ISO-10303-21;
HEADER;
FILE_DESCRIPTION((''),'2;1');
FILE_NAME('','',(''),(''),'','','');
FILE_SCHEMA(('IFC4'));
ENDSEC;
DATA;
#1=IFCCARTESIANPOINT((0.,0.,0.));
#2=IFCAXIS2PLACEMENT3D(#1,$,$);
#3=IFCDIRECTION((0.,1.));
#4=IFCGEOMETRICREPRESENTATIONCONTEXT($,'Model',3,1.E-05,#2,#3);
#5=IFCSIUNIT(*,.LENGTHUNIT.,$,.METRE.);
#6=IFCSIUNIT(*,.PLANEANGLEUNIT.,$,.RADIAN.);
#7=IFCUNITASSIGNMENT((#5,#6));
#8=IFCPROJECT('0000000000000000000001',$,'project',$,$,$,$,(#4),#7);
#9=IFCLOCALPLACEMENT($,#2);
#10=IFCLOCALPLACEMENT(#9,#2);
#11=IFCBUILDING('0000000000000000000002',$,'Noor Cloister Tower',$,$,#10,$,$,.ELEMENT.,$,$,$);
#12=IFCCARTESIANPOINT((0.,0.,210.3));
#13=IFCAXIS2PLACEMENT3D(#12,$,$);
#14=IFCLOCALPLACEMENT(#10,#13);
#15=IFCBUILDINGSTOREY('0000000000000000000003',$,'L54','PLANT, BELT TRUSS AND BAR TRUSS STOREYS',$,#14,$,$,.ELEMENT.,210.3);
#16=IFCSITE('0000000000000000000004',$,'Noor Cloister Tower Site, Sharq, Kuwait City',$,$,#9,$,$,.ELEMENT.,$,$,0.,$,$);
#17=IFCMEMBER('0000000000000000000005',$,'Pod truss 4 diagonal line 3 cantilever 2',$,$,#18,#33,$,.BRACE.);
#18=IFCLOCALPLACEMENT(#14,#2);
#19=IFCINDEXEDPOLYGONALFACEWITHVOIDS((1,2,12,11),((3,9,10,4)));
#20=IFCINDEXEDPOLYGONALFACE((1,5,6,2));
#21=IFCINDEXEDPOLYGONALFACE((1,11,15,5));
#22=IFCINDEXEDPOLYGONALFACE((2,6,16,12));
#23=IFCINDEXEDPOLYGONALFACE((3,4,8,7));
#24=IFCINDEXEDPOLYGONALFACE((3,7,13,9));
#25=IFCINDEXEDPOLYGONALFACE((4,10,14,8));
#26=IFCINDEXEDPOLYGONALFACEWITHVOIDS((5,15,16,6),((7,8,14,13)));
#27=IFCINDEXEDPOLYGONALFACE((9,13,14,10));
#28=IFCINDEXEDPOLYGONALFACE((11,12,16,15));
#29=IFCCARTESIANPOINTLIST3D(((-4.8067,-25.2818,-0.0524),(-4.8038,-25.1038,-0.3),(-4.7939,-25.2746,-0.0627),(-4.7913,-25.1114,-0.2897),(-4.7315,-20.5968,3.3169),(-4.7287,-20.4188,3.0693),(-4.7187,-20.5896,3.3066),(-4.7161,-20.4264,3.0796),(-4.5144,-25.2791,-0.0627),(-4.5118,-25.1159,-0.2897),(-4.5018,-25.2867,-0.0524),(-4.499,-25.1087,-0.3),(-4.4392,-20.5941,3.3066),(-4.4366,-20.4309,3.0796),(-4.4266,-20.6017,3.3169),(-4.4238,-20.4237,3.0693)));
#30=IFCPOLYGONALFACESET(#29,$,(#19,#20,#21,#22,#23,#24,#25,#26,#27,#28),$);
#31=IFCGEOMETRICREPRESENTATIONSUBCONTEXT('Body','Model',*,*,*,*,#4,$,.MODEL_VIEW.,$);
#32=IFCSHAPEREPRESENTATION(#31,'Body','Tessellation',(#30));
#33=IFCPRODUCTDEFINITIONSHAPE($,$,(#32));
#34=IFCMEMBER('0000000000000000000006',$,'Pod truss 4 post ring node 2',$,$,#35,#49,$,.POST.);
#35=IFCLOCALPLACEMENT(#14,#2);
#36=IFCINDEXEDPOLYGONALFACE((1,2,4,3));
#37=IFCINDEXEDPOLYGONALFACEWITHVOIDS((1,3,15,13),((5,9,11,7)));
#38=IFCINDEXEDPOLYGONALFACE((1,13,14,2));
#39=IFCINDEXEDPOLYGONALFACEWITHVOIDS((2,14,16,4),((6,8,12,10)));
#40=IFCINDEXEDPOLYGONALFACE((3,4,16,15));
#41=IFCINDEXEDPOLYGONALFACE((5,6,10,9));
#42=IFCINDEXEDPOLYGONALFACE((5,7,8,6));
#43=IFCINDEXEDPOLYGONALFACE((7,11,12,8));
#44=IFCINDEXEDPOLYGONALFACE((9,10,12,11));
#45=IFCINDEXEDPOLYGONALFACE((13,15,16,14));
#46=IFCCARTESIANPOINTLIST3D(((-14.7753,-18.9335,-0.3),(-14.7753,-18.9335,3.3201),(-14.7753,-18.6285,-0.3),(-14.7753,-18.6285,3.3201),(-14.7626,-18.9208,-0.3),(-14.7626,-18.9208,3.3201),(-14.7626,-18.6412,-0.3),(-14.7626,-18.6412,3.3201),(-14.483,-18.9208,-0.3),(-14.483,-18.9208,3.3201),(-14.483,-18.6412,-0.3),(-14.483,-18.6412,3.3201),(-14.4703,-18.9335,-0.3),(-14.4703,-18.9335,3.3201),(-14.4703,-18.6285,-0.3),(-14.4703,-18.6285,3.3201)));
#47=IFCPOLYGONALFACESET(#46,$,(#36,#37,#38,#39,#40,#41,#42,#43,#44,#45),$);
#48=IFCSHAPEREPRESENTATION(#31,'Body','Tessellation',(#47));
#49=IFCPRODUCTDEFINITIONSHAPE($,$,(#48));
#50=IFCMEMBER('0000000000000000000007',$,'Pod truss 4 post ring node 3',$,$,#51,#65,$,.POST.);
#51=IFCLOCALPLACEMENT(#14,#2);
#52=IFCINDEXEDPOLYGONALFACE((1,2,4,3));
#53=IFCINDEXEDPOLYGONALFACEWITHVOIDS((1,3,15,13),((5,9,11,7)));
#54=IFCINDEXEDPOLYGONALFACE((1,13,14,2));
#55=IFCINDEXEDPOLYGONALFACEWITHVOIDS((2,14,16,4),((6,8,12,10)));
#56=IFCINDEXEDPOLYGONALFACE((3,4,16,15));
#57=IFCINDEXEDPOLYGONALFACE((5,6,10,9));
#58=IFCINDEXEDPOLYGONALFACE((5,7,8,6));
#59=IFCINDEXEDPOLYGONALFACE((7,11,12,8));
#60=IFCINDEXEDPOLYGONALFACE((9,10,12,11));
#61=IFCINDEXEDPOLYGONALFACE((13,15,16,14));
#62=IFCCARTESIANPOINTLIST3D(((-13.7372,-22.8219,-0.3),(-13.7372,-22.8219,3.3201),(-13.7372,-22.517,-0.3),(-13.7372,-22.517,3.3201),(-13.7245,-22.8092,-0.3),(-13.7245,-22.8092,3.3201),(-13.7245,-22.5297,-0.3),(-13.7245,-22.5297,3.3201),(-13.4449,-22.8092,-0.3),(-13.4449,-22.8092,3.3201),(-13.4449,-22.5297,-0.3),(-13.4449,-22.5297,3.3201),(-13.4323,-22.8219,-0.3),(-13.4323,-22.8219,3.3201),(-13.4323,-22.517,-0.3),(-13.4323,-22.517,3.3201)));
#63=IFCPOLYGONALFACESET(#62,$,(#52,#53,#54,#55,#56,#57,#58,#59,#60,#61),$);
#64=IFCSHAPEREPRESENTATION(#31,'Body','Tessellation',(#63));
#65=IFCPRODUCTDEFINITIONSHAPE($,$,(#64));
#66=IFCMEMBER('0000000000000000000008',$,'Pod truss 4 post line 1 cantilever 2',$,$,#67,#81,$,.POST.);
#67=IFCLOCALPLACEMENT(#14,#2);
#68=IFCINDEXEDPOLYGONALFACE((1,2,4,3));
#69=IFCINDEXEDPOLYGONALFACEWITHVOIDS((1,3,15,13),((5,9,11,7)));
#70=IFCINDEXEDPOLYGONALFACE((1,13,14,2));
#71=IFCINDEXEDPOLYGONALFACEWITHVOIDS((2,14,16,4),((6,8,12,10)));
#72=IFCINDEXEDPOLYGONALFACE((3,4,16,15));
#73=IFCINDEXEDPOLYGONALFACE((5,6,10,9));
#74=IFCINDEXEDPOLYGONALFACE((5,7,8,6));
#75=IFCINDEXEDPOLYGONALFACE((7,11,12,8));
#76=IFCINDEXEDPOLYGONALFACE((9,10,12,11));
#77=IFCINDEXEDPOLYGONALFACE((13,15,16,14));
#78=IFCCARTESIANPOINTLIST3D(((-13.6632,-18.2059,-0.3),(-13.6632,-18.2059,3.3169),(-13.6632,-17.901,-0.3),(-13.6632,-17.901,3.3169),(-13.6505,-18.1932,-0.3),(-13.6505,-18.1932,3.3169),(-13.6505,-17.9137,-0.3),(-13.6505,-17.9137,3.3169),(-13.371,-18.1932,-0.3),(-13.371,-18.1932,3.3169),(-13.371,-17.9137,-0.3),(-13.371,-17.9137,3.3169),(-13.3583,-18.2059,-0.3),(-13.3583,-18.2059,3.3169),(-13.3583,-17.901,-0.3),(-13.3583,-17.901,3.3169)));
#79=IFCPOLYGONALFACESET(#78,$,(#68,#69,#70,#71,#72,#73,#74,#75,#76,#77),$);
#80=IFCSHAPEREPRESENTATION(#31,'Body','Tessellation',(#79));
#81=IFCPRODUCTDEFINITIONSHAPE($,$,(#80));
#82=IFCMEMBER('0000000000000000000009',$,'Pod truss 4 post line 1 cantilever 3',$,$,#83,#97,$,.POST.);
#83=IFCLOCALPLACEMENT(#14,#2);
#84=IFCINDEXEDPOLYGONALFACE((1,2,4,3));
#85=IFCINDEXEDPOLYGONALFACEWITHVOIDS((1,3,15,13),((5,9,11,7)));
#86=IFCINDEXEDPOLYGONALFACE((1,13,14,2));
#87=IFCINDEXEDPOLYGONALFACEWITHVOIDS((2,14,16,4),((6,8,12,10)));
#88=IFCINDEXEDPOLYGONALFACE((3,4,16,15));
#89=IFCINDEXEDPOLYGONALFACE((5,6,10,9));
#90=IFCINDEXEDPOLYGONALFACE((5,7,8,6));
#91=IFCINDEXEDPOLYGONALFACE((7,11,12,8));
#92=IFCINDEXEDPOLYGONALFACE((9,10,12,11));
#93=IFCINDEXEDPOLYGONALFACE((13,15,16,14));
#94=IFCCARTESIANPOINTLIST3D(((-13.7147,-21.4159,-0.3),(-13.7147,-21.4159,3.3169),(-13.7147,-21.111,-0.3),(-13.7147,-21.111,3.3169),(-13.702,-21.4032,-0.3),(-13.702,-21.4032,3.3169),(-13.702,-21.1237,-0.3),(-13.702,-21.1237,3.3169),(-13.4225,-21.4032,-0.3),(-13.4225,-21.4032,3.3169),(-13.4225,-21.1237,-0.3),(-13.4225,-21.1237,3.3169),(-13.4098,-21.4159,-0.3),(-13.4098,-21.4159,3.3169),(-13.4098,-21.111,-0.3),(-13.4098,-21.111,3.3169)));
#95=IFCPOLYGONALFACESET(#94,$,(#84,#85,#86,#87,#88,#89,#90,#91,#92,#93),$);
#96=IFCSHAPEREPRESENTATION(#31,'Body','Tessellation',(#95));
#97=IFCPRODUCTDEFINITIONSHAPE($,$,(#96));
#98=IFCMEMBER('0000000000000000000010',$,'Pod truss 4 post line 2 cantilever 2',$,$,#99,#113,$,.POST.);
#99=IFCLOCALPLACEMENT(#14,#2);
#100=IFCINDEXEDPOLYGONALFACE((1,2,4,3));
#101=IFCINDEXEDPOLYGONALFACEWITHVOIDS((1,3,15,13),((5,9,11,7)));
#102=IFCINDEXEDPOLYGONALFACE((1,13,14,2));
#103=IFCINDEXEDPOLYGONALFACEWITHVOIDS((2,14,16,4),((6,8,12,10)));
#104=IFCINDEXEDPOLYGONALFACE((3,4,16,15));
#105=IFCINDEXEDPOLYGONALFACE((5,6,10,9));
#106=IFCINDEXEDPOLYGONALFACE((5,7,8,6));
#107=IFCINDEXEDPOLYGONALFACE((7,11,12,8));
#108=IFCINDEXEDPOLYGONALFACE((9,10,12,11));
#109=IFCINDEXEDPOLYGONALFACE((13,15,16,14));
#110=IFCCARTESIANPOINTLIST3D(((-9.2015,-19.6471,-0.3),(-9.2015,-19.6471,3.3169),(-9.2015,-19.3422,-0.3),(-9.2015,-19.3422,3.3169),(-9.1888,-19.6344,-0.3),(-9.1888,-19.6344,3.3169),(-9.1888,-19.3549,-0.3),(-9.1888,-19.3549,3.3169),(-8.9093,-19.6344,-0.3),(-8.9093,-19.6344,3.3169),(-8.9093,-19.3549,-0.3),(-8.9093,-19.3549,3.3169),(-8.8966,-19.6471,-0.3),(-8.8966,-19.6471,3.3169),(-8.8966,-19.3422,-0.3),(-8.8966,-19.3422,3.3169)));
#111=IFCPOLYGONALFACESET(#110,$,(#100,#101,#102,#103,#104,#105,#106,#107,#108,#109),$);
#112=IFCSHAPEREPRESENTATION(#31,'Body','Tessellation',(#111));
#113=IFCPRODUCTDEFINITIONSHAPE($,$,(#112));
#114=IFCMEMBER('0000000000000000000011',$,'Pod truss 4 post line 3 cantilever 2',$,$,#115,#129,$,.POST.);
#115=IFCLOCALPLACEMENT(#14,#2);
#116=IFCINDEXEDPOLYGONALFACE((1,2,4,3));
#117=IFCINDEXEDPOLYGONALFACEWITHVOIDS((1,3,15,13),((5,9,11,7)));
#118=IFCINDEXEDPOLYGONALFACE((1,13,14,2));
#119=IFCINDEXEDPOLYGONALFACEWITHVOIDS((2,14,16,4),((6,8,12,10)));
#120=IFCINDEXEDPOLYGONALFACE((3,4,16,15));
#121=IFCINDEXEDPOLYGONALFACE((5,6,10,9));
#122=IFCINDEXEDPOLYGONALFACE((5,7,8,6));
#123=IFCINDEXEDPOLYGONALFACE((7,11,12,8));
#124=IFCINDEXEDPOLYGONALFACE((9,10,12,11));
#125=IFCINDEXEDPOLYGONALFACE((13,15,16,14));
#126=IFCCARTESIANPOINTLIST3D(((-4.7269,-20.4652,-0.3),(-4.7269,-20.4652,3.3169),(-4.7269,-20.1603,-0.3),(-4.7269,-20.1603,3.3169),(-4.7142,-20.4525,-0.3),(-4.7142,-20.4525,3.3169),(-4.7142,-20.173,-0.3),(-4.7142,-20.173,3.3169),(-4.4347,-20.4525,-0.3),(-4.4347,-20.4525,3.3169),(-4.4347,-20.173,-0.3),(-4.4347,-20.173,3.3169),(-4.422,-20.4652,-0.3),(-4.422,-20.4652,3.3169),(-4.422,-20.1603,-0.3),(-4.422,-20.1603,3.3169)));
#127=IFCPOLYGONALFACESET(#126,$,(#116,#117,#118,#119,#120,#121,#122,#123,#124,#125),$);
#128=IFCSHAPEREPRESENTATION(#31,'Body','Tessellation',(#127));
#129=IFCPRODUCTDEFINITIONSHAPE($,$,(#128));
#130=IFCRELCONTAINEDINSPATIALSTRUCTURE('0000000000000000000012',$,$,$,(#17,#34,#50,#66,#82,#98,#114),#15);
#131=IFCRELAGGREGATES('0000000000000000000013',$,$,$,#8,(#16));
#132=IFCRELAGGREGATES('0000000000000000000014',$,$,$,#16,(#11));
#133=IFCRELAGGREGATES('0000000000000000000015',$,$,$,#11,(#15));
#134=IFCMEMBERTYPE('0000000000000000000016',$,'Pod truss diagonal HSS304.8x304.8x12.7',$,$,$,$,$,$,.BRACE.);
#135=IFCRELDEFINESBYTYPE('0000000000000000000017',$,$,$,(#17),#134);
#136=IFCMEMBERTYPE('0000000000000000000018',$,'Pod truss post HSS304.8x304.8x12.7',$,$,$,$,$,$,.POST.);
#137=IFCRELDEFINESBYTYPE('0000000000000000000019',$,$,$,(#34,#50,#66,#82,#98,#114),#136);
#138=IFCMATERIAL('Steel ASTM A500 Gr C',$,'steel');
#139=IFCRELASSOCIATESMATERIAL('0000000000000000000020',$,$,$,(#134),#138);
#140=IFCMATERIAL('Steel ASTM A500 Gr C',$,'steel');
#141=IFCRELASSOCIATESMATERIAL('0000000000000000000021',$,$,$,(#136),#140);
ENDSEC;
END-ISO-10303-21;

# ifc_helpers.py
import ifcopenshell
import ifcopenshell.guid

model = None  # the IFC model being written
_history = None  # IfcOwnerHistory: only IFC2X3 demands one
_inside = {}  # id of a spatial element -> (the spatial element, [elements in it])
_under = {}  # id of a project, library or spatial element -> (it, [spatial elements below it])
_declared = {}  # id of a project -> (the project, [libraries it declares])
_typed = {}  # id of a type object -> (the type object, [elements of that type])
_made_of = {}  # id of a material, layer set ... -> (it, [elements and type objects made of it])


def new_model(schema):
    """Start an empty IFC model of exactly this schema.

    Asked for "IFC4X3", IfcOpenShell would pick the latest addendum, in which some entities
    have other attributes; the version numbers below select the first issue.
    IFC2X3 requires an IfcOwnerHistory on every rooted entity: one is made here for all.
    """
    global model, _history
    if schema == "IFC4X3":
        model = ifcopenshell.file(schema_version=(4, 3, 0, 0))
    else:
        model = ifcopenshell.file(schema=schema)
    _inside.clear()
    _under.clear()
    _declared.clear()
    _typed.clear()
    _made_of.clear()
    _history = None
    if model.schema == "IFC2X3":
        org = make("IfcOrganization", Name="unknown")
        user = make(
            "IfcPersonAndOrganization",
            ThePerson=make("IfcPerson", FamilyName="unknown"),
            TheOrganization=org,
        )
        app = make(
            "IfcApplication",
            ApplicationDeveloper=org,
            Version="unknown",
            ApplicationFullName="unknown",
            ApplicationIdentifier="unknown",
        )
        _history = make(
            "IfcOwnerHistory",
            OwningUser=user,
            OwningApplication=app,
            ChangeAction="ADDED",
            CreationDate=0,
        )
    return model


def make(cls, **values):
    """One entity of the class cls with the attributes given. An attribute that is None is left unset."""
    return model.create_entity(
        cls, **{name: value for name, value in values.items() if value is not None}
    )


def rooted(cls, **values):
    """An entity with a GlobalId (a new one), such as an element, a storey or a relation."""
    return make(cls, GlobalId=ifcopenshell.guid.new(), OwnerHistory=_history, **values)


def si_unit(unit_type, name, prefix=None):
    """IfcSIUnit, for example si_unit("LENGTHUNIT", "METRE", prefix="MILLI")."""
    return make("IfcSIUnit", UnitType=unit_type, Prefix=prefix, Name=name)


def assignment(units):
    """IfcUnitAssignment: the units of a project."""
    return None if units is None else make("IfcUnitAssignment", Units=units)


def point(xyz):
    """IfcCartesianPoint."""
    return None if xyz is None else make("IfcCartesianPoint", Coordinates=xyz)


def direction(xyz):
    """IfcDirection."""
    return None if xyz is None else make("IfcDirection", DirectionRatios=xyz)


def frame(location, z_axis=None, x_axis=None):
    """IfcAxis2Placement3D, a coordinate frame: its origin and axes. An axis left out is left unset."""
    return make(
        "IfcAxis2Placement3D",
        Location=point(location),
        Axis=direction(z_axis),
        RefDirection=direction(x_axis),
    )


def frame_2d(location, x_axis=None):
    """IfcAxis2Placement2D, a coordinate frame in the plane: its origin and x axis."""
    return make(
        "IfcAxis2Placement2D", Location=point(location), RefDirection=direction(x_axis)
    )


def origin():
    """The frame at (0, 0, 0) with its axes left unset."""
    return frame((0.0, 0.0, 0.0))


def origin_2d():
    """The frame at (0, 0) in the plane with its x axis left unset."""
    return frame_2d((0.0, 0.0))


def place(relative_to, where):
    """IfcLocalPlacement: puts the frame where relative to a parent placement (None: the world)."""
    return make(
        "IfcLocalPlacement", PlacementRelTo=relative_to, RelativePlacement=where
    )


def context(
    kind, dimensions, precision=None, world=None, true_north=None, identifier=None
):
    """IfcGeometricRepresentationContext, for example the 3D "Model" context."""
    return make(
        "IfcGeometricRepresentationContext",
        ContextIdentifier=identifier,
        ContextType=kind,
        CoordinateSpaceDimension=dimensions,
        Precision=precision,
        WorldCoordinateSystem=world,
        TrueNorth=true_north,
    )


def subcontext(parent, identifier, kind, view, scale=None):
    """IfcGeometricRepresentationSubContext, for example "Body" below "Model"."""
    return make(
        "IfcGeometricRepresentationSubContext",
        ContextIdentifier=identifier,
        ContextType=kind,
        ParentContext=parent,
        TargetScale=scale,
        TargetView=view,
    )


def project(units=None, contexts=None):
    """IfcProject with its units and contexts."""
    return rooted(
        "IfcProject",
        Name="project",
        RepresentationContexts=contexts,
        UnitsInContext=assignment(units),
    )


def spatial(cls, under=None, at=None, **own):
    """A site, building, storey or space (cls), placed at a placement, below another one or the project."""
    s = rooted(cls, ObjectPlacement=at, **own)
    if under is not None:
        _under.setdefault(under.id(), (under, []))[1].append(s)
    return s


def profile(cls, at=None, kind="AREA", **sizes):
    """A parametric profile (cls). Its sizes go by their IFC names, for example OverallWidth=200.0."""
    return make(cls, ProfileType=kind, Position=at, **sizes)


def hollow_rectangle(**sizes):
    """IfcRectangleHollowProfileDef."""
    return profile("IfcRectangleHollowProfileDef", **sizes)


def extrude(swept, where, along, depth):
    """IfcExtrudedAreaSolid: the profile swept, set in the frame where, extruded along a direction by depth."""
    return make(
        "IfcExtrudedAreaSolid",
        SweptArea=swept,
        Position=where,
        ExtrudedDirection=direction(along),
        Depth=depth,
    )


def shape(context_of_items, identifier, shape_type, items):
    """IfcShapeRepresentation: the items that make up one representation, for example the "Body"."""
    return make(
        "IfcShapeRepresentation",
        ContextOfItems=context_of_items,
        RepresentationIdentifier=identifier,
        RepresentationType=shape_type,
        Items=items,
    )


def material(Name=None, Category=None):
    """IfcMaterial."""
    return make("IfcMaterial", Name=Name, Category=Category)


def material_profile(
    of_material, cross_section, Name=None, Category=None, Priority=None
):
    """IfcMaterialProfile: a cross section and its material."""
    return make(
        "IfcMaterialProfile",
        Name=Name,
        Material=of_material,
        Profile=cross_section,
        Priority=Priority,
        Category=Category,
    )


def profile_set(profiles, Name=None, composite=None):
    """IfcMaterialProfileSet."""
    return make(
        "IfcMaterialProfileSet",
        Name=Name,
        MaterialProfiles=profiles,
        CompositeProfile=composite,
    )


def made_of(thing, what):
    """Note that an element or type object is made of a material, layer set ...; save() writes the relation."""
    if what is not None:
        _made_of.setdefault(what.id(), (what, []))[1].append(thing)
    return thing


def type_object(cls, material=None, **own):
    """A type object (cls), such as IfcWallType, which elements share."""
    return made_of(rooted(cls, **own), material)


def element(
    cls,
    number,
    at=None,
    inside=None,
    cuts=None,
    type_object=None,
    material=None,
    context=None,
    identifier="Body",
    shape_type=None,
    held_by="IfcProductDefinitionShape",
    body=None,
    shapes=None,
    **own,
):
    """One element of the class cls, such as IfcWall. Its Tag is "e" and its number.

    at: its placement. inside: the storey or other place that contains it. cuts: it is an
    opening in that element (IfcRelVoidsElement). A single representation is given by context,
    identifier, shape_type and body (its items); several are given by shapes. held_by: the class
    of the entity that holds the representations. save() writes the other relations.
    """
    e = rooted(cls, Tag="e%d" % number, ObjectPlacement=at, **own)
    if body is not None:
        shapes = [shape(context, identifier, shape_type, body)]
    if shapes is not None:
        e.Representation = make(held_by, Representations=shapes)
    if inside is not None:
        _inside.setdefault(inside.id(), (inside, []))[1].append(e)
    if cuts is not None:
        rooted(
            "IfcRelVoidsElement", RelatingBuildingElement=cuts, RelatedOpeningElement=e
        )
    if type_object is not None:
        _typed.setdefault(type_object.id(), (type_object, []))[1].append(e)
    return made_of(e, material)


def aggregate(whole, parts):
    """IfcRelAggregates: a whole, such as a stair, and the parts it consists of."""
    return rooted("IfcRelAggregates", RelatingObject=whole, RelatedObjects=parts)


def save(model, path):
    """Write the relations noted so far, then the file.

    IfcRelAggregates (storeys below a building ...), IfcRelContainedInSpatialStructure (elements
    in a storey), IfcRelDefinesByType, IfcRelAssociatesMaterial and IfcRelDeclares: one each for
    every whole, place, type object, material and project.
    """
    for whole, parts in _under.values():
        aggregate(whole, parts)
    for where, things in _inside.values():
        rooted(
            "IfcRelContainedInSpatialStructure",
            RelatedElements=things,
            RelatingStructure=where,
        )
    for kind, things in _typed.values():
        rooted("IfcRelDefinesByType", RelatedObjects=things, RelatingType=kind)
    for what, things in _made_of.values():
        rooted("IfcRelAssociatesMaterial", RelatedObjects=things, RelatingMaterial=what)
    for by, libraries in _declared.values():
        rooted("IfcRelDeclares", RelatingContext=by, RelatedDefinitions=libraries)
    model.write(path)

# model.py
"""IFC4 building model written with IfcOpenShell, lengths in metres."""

from ifc_helpers import new_model, si_unit, direction, frame, origin, origin_2d, place, context, subcontext, project, spatial, hollow_rectangle, extrude, material, material_profile, profile_set, type_object, element, save


model = new_model("IFC4")

# Units and contexts
model_context = context("Model", 3, precision=1e-05, world=origin(), true_north=direction((0.0, 1.0)))
body_context = subcontext(model_context, "Body", "Model", "MODEL_VIEW")
ifc_project = project(units=[si_unit("LENGTHUNIT", "METRE"), si_unit("PLANEANGLEUNIT", "RADIAN")], contexts=[model_context])

# Site, building, storey
site_placement = place(None, origin())
site = spatial("IfcSite", under=ifc_project, at=site_placement, Name="Noor Cloister Tower Site, Sharq, Kuwait City", CompositionType="ELEMENT", RefElevation=0.0)
building_placement = place(site_placement, origin())
building = spatial("IfcBuilding", under=site, at=building_placement, Name="Noor Cloister Tower", CompositionType="ELEMENT")
storey_placement = place(building_placement, frame((0.0, 0.0, 210.3)))
storey = spatial("IfcBuildingStorey", under=building, at=storey_placement, Name="L54", Description="PLANT, BELT TRUSS AND BAR TRUSS STOREYS", CompositionType="ELEMENT", Elevation=210.3)

# Members
ifc_material_1 = material(Name="Steel ASTM A500 Gr C", Category="steel")
ifc_material_profile_1 = material_profile(ifc_material_1, hollow_rectangle(XDim=0.3049, YDim=0.3049, WallThickness=0.0127, at=origin_2d()), Name="HSS304.8x304.8x12.7")
ifc_profile_set_1 = profile_set([ifc_material_profile_1], Name="Steel ASTM A500 Gr C")
member_type_1 = type_object("IfcMemberType", Name="Pod truss diagonal HSS304.8x304.8x12.7", PredefinedType="BRACE", material=ifc_profile_set_1)
member_1_placement = place(storey_placement, frame((-4.5776, -20.5103, 3.1931), z_axis=(-0.013029, -0.811782, -0.583815), x_axis=(0.999871, -0.016048, 0.0)))
element("IfcMember", 1, at=member_1_placement, inside=storey, type_object=member_type_1, Name="Pod truss 4 diagonal line 3 cantilever 2", PredefinedType="BRACE", context=body_context, shape_type="SweptSolid", body=[
    extrude(hollow_rectangle(XDim=0.3049, YDim=0.3049, WallThickness=0.0127, at=origin_2d()), origin(), (0.0, 0.0, 1.0), 5.7712),
])
ifc_material_2 = material(Name="Steel ASTM A500 Gr C", Category="steel")
ifc_material_profile_2 = material_profile(ifc_material_2, hollow_rectangle(XDim=0.3049, YDim=0.3049, WallThickness=0.0127, at=origin_2d()), Name="HSS304.8x304.8x12.7")
ifc_profile_set_2 = profile_set([ifc_material_profile_2], Name="Steel ASTM A500 Gr C")
member_type_2 = type_object("IfcMemberType", Name="Pod truss post HSS304.8x304.8x12.7", PredefinedType="POST", material=ifc_profile_set_2)
for number, where, z_axis, x_axis, name in (
    (2, (-14.6228, -18.781, -0.3), (0.0, 0.0, 1.0), (1.0, 0.0, 0.0), "Pod truss 4 post ring node 2"),
    (3, (-13.5847, -22.6694, -0.3), (0.0, 0.0, 1.0), (1.0, 0.0, 0.0), "Pod truss 4 post ring node 3"),
):
    element("IfcMember", number, at=place(storey_placement, frame(where, z_axis=z_axis, x_axis=x_axis)), inside=storey, type_object=member_type_2, Name=name, PredefinedType="POST", context=body_context, shape_type="SweptSolid", body=[
        extrude(hollow_rectangle(XDim=0.3049, YDim=0.3049, WallThickness=0.0127, at=origin_2d()), origin(), (0.0, 0.0, 1.0), 3.6201),
    ])
for number, where, z_axis, x_axis, name in (
    (4, (-13.5107, -18.0535, -0.3), (0.0, 0.0, 1.0), (1.0, 0.0, 0.0), "Pod truss 4 post line 1 cantilever 2"),
    (5, (-13.5623, -21.2634, -0.3), (0.0, 0.0, 1.0), (1.0, 0.0, 0.0), "Pod truss 4 post line 1 cantilever 3"),
    (6, (-9.0491, -19.4946, -0.3), (0.0, 0.0, 1.0), (1.0, 0.0, 0.0), "Pod truss 4 post line 2 cantilever 2"),
    (7, (-4.5745, -20.3127, -0.3), (0.0, 0.0, 1.0), (1.0, 0.0, 0.0), "Pod truss 4 post line 3 cantilever 2"),
):
    element("IfcMember", number, at=place(storey_placement, frame(where, z_axis=z_axis, x_axis=x_axis)), inside=storey, type_object=member_type_2, Name=name, PredefinedType="POST", context=body_context, shape_type="SweptSolid", body=[
        extrude(hollow_rectangle(XDim=0.3049, YDim=0.3049, WallThickness=0.0127, at=origin_2d()), origin(), (0.0, 0.0, 1.0), 3.6169),
    ])

save(model, "model.ifc")
